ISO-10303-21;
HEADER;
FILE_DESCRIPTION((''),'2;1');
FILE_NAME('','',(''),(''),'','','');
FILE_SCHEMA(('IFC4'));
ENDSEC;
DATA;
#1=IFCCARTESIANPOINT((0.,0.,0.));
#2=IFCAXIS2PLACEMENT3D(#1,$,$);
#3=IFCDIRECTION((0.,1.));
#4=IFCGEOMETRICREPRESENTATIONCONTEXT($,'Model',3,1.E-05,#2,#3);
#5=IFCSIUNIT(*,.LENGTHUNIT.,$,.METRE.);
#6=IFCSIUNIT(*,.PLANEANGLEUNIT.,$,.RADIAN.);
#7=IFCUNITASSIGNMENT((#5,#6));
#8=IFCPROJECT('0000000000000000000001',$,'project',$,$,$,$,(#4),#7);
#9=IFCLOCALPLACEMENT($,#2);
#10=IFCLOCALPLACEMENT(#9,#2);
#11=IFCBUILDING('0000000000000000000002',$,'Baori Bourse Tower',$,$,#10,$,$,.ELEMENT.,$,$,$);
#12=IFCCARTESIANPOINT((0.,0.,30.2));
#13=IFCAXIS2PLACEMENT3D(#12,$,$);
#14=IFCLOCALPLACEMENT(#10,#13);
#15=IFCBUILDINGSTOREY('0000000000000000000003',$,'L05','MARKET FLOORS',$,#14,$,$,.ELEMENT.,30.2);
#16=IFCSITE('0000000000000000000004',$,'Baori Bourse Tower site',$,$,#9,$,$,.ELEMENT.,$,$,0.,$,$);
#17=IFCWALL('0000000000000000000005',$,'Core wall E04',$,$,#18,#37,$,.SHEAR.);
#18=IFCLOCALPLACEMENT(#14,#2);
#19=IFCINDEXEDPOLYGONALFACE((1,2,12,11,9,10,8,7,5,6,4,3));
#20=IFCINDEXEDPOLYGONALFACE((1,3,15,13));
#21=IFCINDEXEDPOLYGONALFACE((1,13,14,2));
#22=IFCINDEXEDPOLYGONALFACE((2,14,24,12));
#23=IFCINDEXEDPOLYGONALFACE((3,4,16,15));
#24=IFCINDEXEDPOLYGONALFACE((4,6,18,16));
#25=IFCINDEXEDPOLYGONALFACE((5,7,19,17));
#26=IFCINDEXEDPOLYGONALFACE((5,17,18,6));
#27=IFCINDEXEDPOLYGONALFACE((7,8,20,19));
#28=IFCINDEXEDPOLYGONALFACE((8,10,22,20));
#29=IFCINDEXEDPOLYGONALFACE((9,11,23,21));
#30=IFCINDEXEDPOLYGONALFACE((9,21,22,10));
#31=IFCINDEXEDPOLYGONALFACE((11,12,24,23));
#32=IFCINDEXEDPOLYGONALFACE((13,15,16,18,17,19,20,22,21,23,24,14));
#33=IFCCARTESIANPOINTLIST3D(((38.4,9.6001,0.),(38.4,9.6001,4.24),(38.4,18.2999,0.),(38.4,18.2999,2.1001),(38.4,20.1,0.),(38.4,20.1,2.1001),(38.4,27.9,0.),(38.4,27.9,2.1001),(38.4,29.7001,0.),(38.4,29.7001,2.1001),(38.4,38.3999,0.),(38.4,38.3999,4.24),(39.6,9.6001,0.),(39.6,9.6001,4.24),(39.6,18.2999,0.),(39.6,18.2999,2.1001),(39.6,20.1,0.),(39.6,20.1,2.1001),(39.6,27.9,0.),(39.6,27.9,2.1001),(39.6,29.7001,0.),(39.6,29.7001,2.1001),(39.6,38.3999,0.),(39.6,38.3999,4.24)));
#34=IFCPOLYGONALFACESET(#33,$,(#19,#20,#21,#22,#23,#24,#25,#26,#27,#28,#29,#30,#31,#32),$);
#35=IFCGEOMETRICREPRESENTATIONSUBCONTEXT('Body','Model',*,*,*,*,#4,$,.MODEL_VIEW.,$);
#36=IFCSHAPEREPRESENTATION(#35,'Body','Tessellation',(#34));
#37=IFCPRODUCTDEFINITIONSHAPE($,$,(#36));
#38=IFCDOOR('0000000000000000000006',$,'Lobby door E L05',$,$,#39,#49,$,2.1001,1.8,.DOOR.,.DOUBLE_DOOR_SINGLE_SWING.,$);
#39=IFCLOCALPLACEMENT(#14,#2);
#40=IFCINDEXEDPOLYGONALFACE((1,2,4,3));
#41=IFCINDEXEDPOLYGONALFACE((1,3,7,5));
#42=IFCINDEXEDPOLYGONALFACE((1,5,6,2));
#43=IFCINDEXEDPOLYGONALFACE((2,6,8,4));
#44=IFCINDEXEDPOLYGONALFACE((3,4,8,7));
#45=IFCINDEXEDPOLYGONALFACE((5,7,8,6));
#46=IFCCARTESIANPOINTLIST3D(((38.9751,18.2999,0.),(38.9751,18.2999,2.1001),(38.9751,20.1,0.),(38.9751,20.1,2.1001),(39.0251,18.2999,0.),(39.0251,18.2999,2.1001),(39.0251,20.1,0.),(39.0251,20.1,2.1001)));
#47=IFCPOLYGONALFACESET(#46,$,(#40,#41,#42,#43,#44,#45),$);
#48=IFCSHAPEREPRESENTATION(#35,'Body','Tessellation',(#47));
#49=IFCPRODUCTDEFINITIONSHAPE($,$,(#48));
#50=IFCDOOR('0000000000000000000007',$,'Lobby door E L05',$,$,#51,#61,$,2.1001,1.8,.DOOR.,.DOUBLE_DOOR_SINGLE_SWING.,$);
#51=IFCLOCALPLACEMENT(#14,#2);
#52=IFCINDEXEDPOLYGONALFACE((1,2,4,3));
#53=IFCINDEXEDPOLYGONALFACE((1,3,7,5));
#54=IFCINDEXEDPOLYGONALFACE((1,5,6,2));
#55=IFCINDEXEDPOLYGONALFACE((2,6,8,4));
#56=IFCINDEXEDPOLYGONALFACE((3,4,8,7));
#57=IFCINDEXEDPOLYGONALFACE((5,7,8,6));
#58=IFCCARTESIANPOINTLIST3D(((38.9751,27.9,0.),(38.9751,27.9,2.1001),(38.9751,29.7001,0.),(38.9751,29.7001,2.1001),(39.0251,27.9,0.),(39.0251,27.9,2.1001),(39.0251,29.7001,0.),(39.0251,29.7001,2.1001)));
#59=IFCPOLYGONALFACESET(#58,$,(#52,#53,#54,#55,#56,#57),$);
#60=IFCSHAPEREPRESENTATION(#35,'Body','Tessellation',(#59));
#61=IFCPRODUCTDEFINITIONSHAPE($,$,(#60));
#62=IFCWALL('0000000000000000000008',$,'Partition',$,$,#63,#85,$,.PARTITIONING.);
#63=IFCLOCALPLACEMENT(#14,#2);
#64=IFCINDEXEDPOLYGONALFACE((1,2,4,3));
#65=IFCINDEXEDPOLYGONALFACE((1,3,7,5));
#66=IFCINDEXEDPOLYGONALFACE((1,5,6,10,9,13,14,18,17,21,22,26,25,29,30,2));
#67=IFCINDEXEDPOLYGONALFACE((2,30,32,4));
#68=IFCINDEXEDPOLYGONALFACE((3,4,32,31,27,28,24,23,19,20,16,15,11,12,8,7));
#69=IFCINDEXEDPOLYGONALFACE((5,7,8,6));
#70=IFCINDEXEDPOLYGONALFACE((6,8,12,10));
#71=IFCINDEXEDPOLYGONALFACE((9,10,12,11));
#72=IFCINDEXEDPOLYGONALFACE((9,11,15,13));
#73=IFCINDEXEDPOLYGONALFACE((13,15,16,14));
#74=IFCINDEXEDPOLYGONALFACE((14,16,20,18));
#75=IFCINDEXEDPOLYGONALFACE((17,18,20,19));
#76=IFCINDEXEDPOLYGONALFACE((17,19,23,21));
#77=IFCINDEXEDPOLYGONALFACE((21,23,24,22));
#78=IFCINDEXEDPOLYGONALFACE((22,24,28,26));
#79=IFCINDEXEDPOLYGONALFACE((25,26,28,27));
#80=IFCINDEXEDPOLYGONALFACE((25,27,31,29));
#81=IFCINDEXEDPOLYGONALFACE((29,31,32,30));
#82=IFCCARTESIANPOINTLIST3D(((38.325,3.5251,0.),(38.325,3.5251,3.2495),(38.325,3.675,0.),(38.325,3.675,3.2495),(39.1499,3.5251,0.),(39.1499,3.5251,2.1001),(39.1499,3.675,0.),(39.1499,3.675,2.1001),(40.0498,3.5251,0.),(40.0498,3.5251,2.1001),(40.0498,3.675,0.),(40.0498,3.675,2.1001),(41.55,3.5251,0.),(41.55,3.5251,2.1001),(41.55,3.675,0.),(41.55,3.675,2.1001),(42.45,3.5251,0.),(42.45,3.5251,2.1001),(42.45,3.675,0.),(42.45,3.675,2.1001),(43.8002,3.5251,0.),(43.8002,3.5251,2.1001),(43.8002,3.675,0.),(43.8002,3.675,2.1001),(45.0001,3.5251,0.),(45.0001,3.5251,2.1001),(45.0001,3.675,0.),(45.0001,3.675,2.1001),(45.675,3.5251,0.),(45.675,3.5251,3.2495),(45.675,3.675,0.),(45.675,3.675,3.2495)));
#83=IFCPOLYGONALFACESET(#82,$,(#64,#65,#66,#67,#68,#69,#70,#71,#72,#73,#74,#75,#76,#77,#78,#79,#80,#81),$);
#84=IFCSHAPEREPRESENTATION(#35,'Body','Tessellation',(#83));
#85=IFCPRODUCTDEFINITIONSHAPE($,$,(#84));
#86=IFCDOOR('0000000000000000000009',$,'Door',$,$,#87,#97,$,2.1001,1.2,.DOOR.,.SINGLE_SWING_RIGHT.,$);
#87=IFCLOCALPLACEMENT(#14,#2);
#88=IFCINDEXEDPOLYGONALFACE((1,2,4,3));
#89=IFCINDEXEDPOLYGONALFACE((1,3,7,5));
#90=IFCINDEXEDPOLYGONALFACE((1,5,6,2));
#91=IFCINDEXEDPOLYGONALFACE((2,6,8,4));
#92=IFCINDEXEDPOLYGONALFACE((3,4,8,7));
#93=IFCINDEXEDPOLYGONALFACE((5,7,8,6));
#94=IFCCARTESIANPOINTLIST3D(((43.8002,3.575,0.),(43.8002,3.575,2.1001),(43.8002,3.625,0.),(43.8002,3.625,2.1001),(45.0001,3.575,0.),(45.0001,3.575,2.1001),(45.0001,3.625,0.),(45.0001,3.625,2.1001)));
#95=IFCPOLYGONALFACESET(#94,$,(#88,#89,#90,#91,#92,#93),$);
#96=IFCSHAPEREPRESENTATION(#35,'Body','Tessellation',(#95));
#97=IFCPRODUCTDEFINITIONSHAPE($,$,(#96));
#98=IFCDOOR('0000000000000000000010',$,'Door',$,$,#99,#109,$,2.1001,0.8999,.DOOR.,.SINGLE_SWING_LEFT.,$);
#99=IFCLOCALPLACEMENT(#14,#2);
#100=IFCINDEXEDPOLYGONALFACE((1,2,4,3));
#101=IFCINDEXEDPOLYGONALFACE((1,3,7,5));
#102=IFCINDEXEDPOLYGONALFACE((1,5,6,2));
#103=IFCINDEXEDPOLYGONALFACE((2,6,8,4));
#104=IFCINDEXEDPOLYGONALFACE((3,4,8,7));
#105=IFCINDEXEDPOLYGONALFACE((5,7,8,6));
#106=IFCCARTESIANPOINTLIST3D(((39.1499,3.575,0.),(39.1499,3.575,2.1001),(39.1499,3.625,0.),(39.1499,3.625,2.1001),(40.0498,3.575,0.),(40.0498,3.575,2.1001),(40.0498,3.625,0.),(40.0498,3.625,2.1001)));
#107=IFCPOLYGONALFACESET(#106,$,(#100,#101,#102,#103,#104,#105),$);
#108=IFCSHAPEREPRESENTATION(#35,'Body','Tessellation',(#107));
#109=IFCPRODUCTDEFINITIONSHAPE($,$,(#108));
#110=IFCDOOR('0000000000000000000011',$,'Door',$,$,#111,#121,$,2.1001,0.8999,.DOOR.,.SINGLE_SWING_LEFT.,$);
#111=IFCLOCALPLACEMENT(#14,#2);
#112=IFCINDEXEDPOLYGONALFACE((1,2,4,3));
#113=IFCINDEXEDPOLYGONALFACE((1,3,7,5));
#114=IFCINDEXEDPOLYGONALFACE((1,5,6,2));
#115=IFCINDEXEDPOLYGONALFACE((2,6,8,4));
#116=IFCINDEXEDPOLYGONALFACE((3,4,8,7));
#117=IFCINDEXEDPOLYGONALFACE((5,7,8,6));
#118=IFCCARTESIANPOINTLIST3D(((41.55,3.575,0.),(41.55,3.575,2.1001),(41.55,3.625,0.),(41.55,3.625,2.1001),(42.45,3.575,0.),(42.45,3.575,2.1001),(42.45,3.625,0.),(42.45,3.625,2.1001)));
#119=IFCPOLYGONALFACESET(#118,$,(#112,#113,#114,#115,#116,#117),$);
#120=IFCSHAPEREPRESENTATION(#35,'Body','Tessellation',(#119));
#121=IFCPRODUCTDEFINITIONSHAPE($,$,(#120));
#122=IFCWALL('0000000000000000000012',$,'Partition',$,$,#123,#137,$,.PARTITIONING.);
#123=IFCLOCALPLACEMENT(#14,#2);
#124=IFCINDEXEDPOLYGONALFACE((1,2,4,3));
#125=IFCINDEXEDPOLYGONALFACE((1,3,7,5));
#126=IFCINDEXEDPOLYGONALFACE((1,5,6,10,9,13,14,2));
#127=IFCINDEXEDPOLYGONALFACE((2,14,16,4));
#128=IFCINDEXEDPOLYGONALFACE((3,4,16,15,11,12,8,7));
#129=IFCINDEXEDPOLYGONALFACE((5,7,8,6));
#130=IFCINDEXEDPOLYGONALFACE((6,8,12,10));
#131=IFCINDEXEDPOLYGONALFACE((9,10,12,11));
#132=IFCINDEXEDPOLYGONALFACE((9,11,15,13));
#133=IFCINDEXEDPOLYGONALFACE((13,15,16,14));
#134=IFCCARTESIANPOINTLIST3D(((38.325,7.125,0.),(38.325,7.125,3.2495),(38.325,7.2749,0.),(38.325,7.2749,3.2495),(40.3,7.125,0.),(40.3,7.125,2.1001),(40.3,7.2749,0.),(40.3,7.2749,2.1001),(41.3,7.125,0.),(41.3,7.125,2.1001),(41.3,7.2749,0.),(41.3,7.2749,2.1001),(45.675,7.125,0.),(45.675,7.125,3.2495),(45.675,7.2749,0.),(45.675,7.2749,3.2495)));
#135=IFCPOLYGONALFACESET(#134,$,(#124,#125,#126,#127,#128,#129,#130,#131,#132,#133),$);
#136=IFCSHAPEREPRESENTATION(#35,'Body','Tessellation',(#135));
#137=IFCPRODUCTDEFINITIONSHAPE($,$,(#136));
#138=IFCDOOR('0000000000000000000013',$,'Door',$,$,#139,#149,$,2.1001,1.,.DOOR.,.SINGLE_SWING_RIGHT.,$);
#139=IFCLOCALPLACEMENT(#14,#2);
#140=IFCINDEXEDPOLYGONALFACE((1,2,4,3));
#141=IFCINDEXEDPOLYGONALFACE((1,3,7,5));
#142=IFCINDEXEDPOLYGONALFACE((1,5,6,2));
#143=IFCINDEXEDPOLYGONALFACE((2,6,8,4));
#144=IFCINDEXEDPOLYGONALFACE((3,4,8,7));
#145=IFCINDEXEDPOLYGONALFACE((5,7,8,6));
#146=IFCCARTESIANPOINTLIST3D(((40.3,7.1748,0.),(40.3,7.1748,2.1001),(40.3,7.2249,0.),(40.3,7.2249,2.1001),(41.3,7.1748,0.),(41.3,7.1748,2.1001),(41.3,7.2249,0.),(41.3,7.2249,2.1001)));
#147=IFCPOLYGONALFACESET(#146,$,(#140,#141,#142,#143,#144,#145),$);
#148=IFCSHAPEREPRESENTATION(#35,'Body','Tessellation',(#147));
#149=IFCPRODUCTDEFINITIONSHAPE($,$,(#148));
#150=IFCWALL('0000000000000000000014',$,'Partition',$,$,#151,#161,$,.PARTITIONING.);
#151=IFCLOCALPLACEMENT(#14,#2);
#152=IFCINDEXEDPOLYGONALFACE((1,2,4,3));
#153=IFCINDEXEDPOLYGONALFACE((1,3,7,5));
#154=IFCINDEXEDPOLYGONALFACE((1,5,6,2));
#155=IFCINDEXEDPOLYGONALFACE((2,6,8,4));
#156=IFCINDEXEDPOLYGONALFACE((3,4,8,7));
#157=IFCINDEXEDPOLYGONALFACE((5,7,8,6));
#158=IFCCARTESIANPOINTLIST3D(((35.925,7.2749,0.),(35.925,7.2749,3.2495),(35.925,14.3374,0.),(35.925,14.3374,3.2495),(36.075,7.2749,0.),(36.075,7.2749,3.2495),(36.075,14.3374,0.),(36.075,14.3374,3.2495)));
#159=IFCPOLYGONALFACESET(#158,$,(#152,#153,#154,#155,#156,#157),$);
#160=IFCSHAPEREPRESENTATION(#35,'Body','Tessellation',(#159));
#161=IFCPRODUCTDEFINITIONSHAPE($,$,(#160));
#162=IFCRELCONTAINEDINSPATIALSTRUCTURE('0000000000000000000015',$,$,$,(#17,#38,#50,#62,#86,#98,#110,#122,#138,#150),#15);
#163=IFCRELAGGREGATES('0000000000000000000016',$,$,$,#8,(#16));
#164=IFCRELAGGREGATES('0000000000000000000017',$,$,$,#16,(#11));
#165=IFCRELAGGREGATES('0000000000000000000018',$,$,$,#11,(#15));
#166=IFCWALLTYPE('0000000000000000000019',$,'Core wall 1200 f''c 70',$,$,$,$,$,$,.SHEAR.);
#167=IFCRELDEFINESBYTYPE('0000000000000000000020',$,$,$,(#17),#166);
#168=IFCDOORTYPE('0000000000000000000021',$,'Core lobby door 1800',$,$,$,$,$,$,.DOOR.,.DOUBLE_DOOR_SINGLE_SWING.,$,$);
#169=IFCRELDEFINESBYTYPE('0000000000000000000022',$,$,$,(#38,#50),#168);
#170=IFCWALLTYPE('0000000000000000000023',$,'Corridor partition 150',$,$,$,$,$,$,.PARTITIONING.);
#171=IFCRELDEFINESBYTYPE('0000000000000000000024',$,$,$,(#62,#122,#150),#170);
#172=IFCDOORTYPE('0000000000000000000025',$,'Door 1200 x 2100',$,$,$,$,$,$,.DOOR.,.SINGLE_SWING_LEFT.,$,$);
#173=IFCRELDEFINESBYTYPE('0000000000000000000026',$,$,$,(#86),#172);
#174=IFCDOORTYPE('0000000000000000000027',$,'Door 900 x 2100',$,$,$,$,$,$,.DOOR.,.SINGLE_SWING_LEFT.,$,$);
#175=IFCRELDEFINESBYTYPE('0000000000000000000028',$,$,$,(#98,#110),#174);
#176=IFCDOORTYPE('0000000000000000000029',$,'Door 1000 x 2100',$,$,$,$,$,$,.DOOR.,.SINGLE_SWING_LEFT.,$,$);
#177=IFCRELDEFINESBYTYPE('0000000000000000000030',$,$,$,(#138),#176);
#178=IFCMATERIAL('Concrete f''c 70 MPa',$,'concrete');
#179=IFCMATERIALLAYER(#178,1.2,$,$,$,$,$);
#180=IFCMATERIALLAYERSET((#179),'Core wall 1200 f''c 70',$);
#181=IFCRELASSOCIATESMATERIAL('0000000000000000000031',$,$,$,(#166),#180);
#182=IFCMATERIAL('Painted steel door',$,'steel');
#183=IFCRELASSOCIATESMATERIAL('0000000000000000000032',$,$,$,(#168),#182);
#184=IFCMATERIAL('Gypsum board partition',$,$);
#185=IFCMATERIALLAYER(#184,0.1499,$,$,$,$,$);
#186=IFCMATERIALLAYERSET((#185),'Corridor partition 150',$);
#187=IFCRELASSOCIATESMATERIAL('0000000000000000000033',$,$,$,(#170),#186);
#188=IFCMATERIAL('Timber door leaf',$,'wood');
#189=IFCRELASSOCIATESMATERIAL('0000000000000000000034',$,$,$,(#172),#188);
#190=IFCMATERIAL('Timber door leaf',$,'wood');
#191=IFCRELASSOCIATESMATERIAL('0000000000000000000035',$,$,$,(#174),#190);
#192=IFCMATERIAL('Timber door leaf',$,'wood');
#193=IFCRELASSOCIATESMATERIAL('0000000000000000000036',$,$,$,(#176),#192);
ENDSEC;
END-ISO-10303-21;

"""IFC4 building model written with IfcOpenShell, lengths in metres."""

from ifc_helpers import new_model, si_unit, direction, frame, frame_2d, origin, place, context, subcontext, project, spatial, rectangle, extrude, material, layer, layer_set, type_object, element, fill, save


model = new_model("IFC4")

# Units and contexts
model_context = context("Model", 3, precision=1e-05, world=origin(), true_north=direction((0.0, 1.0)))
body_context = subcontext(model_context, "Body", "Model", "MODEL_VIEW")
ifc_project = project(units=[si_unit("LENGTHUNIT", "METRE"), si_unit("PLANEANGLEUNIT", "RADIAN")], contexts=[model_context])

# Site, building, storey
site_placement = place(None, origin())
site = spatial("IfcSite", under=ifc_project, at=site_placement, Name="Baori Bourse Tower site", CompositionType="ELEMENT", RefElevation=0.0)
building_placement = place(site_placement, origin())
building = spatial("IfcBuilding", under=site, at=building_placement, Name="Baori Bourse Tower", CompositionType="ELEMENT")
storey_placement = place(building_placement, frame((0.0, 0.0, 30.2)))
storey = spatial("IfcBuildingStorey", under=building, at=storey_placement, Name="L05", Description="MARKET FLOORS", CompositionType="ELEMENT", Elevation=30.2)

# Walls, openings, doors
ifc_material_1 = material(Name="Concrete f'c 70 MPa", Category="concrete")
ifc_layer_1 = layer(ifc_material_1, 1.2)
ifc_layer_set_1 = layer_set([ifc_layer_1], Name="Core wall 1200 f'c 70")
wall_type_1 = type_object("IfcWallType", Name="Core wall 1200 f'c 70", PredefinedType="SHEAR", material=ifc_layer_set_1)
wall_1_placement = place(storey_placement, frame((39.0, 9.6001, 0.0), z_axis=(0.0, 0.0, 1.0), x_axis=(0.0, 1.0, 0.0)))
wall_1 = element("IfcWall", 1, at=wall_1_placement, inside=storey, type_object=wall_type_1, Name="Core wall E04", PredefinedType="SHEAR", context=body_context, shape_type="SweptSolid", body=[
    extrude(rectangle(XDim=28.7998, YDim=1.2, at=frame_2d((14.3999, 0.0))), origin(), (0.0, 0.0, 1.0), 4.24),
])
opening_1_placement = place(wall_1_placement, frame((8.7, 0.0, 0.0)))
opening_1 = element("IfcOpeningElement", 2, at=opening_1_placement, cuts=wall_1, PredefinedType="OPENING", context=body_context, shape_type="SweptSolid", body=[
    extrude(rectangle(XDim=1.8, YDim=2.1001, at=frame_2d((0.8999, 1.05))), frame((0.0, 0.6099, 0.0), z_axis=(0.0, -1.0, 0.0), x_axis=(1.0, 0.0, 0.0)), (0.0, 0.0, 1.0), 1.22),
])
opening_2_placement = place(wall_1_placement, frame((18.3, 0.0, 0.0)))
opening_2 = element("IfcOpeningElement", 3, at=opening_2_placement, cuts=wall_1, PredefinedType="OPENING", context=body_context, shape_type="SweptSolid", body=[
    extrude(rectangle(XDim=1.8, YDim=2.1001, at=frame_2d((0.8999, 1.05))), frame((0.0, 0.6099, 0.0), z_axis=(0.0, -1.0, 0.0), x_axis=(1.0, 0.0, 0.0)), (0.0, 0.0, 1.0), 1.22),
])
ifc_material_2 = material(Name="Painted steel door", Category="steel")
door_type_1 = type_object("IfcDoorType", Name="Core lobby door 1800", OperationType="DOUBLE_DOOR_SINGLE_SWING", PredefinedType="DOOR", material=ifc_material_2)
door_1_placement = place(opening_1_placement, origin())
door_1 = element("IfcDoor", 4, at=door_1_placement, inside=storey, type_object=door_type_1, Name="Lobby door E L05", OperationType="DOUBLE_DOOR_SINGLE_SWING", OverallHeight=2.1001, OverallWidth=1.8, PredefinedType="DOOR", context=body_context, shape_type="SweptSolid", body=[
    extrude(rectangle(XDim=1.8, YDim=2.1001, at=frame_2d((0.8999, 1.05))), frame((0.0, 0.0249, 0.0), z_axis=(0.0, -1.0, 0.0), x_axis=(1.0, 0.0, 0.0)), (0.0, 0.0, 1.0), 0.05),
])
fill(opening_1, door_1)
door_2_placement = place(opening_2_placement, origin())
door_2 = element("IfcDoor", 5, at=door_2_placement, inside=storey, type_object=door_type_1, Name="Lobby door E L05", OperationType="DOUBLE_DOOR_SINGLE_SWING", OverallHeight=2.1001, OverallWidth=1.8, PredefinedType="DOOR", context=body_context, shape_type="SweptSolid", body=[
    extrude(rectangle(XDim=1.8, YDim=2.1001, at=frame_2d((0.8999, 1.05))), frame((0.0, 0.0249, 0.0), z_axis=(0.0, -1.0, 0.0), x_axis=(1.0, 0.0, 0.0)), (0.0, 0.0, 1.0), 0.05),
])
fill(opening_2, door_2)
ifc_material_3 = material(Name="Gypsum board partition")
ifc_layer_2 = layer(ifc_material_3, 0.1499)
ifc_layer_set_2 = layer_set([ifc_layer_2], Name="Corridor partition 150")
wall_type_2 = type_object("IfcWallType", Name="Corridor partition 150", PredefinedType="PARTITIONING", material=ifc_layer_set_2)
wall_2_placement = place(storey_placement, frame((38.325, 3.6001, 0.0), z_axis=(0.0, 0.0, 1.0), x_axis=(1.0, 0.0, 0.0)))
wall_2 = element("IfcWall", 6, at=wall_2_placement, inside=storey, type_object=wall_type_2, Name="Partition", PredefinedType="PARTITIONING", context=body_context, shape_type="SweptSolid", body=[
    extrude(rectangle(XDim=7.3501, YDim=0.1499, at=frame_2d((3.675, 0.0))), origin(), (0.0, 0.0, 1.0), 3.2495),
])
opening_3_placement = place(wall_2_placement, frame((0.825, 0.0, 0.0)))
opening_3 = element("IfcOpeningElement", 7, at=opening_3_placement, cuts=wall_2, PredefinedType="OPENING", context=body_context, shape_type="SweptSolid", body=[
    extrude(rectangle(XDim=0.8999, YDim=2.1001, at=frame_2d((0.45, 1.05))), frame((0.0, 0.085, 0.0), z_axis=(0.0, -1.0, 0.0), x_axis=(1.0, 0.0, 0.0)), (0.0, 0.0, 1.0), 0.1699),
])
opening_4_placement = place(wall_2_placement, frame((3.2251, 0.0, 0.0)))
opening_4 = element("IfcOpeningElement", 8, at=opening_4_placement, cuts=wall_2, PredefinedType="OPENING", context=body_context, shape_type="SweptSolid", body=[
    extrude(rectangle(XDim=0.8999, YDim=2.1001, at=frame_2d((0.45, 1.05))), frame((0.0, 0.085, 0.0), z_axis=(0.0, -1.0, 0.0), x_axis=(1.0, 0.0, 0.0)), (0.0, 0.0, 1.0), 0.1699),
])
opening_5_placement = place(wall_2_placement, frame((5.4751, 0.0, 0.0)))
opening_5 = element("IfcOpeningElement", 9, at=opening_5_placement, cuts=wall_2, PredefinedType="OPENING", context=body_context, shape_type="SweptSolid", body=[
    extrude(rectangle(XDim=1.2, YDim=2.1001, at=frame_2d((0.6001, 1.05))), frame((0.0, 0.085, 0.0), z_axis=(0.0, -1.0, 0.0), x_axis=(1.0, 0.0, 0.0)), (0.0, 0.0, 1.0), 0.1699),
])
ifc_material_4 = material(Name="Timber door leaf", Category="wood")
door_type_2 = type_object("IfcDoorType", Name="Door 1200 x 2100", OperationType="SINGLE_SWING_LEFT", PredefinedType="DOOR", material=ifc_material_4)
door_3_placement = place(opening_5_placement, origin())
door_3 = element("IfcDoor", 10, at=door_3_placement, inside=storey, type_object=door_type_2, Name="Door", OperationType="SINGLE_SWING_RIGHT", OverallHeight=2.1001, OverallWidth=1.2, PredefinedType="DOOR", context=body_context, shape_type="SweptSolid", body=[
    extrude(rectangle(XDim=1.2, YDim=2.1001, at=frame_2d((0.6001, 1.05))), frame((0.0, 0.0249, 0.0), z_axis=(0.0, -1.0, 0.0), x_axis=(1.0, 0.0, 0.0)), (0.0, 0.0, 1.0), 0.05),
])
fill(opening_5, door_3)
ifc_material_5 = material(Name="Timber door leaf", Category="wood")
door_type_3 = type_object("IfcDoorType", Name="Door 900 x 2100", OperationType="SINGLE_SWING_LEFT", PredefinedType="DOOR", material=ifc_material_5)
door_4_placement = place(opening_3_placement, origin())
door_4 = element("IfcDoor", 11, at=door_4_placement, inside=storey, type_object=door_type_3, Name="Door", OperationType="SINGLE_SWING_LEFT", OverallHeight=2.1001, OverallWidth=0.8999, PredefinedType="DOOR", context=body_context, shape_type="SweptSolid", body=[
    extrude(rectangle(XDim=0.8999, YDim=2.1001, at=frame_2d((0.45, 1.05))), frame((0.0, 0.0249, 0.0), z_axis=(0.0, -1.0, 0.0), x_axis=(1.0, 0.0, 0.0)), (0.0, 0.0, 1.0), 0.05),
])
fill(opening_3, door_4)
door_5_placement = place(opening_4_placement, origin())
door_5 = element("IfcDoor", 12, at=door_5_placement, inside=storey, type_object=door_type_3, Name="Door", OperationType="SINGLE_SWING_LEFT", OverallHeight=2.1001, OverallWidth=0.8999, PredefinedType="DOOR", context=body_context, shape_type="SweptSolid", body=[
    extrude(rectangle(XDim=0.8999, YDim=2.1001, at=frame_2d((0.45, 1.05))), frame((0.0, 0.0249, 0.0), z_axis=(0.0, -1.0, 0.0), x_axis=(1.0, 0.0, 0.0)), (0.0, 0.0, 1.0), 0.05),
])
fill(opening_4, door_5)

# Wall, opening, door
wall_3_placement = place(storey_placement, frame((38.325, 7.2, 0.0), z_axis=(0.0, 0.0, 1.0), x_axis=(1.0, 0.0, 0.0)))
wall_3 = element("IfcWall", 13, at=wall_3_placement, inside=storey, type_object=wall_type_2, Name="Partition", PredefinedType="PARTITIONING", context=body_context, shape_type="SweptSolid", body=[
    extrude(rectangle(XDim=7.3501, YDim=0.1499, at=frame_2d((3.675, 0.0))), origin(), (0.0, 0.0, 1.0), 3.2495),
])
opening_6_placement = place(wall_3_placement, frame((1.9751, 0.0, 0.0)))
opening_6 = element("IfcOpeningElement", 14, at=opening_6_placement, cuts=wall_3, PredefinedType="OPENING", context=body_context, shape_type="SweptSolid", body=[
    extrude(rectangle(XDim=1.0, YDim=2.1001, at=frame_2d((0.5, 1.05))), frame((0.0, 0.085, 0.0), z_axis=(0.0, -1.0, 0.0), x_axis=(1.0, 0.0, 0.0)), (0.0, 0.0, 1.0), 0.1699),
])
ifc_material_6 = material(Name="Timber door leaf", Category="wood")
door_type_4 = type_object("IfcDoorType", Name="Door 1000 x 2100", OperationType="SINGLE_SWING_LEFT", PredefinedType="DOOR", material=ifc_material_6)
door_6_placement = place(opening_6_placement, origin())
door_6 = element("IfcDoor", 15, at=door_6_placement, inside=storey, type_object=door_type_4, Name="Door", OperationType="SINGLE_SWING_RIGHT", OverallHeight=2.1001, OverallWidth=1.0, PredefinedType="DOOR", context=body_context, shape_type="SweptSolid", body=[
    extrude(rectangle(XDim=1.0, YDim=2.1001, at=frame_2d((0.5, 1.05))), frame((0.0, 0.0249, 0.0), z_axis=(0.0, -1.0, 0.0), x_axis=(1.0, 0.0, 0.0)), (0.0, 0.0, 1.0), 0.05),
])
fill(opening_6, door_6)

# Wall
wall_4_placement = place(storey_placement, frame((36.0, 7.2749, 0.0), z_axis=(0.0, 0.0, 1.0), x_axis=(0.0, 1.0, 0.0)))
element("IfcWall", 16, at=wall_4_placement, inside=storey, type_object=wall_type_2, Name="Partition", PredefinedType="PARTITIONING", context=body_context, shape_type="SweptSolid", body=[
    extrude(rectangle(XDim=7.0625, YDim=0.1499, at=frame_2d((3.5312, 0.0))), origin(), (0.0, 0.0, 1.0), 3.2495),
])

save(model, "model.ifc")
